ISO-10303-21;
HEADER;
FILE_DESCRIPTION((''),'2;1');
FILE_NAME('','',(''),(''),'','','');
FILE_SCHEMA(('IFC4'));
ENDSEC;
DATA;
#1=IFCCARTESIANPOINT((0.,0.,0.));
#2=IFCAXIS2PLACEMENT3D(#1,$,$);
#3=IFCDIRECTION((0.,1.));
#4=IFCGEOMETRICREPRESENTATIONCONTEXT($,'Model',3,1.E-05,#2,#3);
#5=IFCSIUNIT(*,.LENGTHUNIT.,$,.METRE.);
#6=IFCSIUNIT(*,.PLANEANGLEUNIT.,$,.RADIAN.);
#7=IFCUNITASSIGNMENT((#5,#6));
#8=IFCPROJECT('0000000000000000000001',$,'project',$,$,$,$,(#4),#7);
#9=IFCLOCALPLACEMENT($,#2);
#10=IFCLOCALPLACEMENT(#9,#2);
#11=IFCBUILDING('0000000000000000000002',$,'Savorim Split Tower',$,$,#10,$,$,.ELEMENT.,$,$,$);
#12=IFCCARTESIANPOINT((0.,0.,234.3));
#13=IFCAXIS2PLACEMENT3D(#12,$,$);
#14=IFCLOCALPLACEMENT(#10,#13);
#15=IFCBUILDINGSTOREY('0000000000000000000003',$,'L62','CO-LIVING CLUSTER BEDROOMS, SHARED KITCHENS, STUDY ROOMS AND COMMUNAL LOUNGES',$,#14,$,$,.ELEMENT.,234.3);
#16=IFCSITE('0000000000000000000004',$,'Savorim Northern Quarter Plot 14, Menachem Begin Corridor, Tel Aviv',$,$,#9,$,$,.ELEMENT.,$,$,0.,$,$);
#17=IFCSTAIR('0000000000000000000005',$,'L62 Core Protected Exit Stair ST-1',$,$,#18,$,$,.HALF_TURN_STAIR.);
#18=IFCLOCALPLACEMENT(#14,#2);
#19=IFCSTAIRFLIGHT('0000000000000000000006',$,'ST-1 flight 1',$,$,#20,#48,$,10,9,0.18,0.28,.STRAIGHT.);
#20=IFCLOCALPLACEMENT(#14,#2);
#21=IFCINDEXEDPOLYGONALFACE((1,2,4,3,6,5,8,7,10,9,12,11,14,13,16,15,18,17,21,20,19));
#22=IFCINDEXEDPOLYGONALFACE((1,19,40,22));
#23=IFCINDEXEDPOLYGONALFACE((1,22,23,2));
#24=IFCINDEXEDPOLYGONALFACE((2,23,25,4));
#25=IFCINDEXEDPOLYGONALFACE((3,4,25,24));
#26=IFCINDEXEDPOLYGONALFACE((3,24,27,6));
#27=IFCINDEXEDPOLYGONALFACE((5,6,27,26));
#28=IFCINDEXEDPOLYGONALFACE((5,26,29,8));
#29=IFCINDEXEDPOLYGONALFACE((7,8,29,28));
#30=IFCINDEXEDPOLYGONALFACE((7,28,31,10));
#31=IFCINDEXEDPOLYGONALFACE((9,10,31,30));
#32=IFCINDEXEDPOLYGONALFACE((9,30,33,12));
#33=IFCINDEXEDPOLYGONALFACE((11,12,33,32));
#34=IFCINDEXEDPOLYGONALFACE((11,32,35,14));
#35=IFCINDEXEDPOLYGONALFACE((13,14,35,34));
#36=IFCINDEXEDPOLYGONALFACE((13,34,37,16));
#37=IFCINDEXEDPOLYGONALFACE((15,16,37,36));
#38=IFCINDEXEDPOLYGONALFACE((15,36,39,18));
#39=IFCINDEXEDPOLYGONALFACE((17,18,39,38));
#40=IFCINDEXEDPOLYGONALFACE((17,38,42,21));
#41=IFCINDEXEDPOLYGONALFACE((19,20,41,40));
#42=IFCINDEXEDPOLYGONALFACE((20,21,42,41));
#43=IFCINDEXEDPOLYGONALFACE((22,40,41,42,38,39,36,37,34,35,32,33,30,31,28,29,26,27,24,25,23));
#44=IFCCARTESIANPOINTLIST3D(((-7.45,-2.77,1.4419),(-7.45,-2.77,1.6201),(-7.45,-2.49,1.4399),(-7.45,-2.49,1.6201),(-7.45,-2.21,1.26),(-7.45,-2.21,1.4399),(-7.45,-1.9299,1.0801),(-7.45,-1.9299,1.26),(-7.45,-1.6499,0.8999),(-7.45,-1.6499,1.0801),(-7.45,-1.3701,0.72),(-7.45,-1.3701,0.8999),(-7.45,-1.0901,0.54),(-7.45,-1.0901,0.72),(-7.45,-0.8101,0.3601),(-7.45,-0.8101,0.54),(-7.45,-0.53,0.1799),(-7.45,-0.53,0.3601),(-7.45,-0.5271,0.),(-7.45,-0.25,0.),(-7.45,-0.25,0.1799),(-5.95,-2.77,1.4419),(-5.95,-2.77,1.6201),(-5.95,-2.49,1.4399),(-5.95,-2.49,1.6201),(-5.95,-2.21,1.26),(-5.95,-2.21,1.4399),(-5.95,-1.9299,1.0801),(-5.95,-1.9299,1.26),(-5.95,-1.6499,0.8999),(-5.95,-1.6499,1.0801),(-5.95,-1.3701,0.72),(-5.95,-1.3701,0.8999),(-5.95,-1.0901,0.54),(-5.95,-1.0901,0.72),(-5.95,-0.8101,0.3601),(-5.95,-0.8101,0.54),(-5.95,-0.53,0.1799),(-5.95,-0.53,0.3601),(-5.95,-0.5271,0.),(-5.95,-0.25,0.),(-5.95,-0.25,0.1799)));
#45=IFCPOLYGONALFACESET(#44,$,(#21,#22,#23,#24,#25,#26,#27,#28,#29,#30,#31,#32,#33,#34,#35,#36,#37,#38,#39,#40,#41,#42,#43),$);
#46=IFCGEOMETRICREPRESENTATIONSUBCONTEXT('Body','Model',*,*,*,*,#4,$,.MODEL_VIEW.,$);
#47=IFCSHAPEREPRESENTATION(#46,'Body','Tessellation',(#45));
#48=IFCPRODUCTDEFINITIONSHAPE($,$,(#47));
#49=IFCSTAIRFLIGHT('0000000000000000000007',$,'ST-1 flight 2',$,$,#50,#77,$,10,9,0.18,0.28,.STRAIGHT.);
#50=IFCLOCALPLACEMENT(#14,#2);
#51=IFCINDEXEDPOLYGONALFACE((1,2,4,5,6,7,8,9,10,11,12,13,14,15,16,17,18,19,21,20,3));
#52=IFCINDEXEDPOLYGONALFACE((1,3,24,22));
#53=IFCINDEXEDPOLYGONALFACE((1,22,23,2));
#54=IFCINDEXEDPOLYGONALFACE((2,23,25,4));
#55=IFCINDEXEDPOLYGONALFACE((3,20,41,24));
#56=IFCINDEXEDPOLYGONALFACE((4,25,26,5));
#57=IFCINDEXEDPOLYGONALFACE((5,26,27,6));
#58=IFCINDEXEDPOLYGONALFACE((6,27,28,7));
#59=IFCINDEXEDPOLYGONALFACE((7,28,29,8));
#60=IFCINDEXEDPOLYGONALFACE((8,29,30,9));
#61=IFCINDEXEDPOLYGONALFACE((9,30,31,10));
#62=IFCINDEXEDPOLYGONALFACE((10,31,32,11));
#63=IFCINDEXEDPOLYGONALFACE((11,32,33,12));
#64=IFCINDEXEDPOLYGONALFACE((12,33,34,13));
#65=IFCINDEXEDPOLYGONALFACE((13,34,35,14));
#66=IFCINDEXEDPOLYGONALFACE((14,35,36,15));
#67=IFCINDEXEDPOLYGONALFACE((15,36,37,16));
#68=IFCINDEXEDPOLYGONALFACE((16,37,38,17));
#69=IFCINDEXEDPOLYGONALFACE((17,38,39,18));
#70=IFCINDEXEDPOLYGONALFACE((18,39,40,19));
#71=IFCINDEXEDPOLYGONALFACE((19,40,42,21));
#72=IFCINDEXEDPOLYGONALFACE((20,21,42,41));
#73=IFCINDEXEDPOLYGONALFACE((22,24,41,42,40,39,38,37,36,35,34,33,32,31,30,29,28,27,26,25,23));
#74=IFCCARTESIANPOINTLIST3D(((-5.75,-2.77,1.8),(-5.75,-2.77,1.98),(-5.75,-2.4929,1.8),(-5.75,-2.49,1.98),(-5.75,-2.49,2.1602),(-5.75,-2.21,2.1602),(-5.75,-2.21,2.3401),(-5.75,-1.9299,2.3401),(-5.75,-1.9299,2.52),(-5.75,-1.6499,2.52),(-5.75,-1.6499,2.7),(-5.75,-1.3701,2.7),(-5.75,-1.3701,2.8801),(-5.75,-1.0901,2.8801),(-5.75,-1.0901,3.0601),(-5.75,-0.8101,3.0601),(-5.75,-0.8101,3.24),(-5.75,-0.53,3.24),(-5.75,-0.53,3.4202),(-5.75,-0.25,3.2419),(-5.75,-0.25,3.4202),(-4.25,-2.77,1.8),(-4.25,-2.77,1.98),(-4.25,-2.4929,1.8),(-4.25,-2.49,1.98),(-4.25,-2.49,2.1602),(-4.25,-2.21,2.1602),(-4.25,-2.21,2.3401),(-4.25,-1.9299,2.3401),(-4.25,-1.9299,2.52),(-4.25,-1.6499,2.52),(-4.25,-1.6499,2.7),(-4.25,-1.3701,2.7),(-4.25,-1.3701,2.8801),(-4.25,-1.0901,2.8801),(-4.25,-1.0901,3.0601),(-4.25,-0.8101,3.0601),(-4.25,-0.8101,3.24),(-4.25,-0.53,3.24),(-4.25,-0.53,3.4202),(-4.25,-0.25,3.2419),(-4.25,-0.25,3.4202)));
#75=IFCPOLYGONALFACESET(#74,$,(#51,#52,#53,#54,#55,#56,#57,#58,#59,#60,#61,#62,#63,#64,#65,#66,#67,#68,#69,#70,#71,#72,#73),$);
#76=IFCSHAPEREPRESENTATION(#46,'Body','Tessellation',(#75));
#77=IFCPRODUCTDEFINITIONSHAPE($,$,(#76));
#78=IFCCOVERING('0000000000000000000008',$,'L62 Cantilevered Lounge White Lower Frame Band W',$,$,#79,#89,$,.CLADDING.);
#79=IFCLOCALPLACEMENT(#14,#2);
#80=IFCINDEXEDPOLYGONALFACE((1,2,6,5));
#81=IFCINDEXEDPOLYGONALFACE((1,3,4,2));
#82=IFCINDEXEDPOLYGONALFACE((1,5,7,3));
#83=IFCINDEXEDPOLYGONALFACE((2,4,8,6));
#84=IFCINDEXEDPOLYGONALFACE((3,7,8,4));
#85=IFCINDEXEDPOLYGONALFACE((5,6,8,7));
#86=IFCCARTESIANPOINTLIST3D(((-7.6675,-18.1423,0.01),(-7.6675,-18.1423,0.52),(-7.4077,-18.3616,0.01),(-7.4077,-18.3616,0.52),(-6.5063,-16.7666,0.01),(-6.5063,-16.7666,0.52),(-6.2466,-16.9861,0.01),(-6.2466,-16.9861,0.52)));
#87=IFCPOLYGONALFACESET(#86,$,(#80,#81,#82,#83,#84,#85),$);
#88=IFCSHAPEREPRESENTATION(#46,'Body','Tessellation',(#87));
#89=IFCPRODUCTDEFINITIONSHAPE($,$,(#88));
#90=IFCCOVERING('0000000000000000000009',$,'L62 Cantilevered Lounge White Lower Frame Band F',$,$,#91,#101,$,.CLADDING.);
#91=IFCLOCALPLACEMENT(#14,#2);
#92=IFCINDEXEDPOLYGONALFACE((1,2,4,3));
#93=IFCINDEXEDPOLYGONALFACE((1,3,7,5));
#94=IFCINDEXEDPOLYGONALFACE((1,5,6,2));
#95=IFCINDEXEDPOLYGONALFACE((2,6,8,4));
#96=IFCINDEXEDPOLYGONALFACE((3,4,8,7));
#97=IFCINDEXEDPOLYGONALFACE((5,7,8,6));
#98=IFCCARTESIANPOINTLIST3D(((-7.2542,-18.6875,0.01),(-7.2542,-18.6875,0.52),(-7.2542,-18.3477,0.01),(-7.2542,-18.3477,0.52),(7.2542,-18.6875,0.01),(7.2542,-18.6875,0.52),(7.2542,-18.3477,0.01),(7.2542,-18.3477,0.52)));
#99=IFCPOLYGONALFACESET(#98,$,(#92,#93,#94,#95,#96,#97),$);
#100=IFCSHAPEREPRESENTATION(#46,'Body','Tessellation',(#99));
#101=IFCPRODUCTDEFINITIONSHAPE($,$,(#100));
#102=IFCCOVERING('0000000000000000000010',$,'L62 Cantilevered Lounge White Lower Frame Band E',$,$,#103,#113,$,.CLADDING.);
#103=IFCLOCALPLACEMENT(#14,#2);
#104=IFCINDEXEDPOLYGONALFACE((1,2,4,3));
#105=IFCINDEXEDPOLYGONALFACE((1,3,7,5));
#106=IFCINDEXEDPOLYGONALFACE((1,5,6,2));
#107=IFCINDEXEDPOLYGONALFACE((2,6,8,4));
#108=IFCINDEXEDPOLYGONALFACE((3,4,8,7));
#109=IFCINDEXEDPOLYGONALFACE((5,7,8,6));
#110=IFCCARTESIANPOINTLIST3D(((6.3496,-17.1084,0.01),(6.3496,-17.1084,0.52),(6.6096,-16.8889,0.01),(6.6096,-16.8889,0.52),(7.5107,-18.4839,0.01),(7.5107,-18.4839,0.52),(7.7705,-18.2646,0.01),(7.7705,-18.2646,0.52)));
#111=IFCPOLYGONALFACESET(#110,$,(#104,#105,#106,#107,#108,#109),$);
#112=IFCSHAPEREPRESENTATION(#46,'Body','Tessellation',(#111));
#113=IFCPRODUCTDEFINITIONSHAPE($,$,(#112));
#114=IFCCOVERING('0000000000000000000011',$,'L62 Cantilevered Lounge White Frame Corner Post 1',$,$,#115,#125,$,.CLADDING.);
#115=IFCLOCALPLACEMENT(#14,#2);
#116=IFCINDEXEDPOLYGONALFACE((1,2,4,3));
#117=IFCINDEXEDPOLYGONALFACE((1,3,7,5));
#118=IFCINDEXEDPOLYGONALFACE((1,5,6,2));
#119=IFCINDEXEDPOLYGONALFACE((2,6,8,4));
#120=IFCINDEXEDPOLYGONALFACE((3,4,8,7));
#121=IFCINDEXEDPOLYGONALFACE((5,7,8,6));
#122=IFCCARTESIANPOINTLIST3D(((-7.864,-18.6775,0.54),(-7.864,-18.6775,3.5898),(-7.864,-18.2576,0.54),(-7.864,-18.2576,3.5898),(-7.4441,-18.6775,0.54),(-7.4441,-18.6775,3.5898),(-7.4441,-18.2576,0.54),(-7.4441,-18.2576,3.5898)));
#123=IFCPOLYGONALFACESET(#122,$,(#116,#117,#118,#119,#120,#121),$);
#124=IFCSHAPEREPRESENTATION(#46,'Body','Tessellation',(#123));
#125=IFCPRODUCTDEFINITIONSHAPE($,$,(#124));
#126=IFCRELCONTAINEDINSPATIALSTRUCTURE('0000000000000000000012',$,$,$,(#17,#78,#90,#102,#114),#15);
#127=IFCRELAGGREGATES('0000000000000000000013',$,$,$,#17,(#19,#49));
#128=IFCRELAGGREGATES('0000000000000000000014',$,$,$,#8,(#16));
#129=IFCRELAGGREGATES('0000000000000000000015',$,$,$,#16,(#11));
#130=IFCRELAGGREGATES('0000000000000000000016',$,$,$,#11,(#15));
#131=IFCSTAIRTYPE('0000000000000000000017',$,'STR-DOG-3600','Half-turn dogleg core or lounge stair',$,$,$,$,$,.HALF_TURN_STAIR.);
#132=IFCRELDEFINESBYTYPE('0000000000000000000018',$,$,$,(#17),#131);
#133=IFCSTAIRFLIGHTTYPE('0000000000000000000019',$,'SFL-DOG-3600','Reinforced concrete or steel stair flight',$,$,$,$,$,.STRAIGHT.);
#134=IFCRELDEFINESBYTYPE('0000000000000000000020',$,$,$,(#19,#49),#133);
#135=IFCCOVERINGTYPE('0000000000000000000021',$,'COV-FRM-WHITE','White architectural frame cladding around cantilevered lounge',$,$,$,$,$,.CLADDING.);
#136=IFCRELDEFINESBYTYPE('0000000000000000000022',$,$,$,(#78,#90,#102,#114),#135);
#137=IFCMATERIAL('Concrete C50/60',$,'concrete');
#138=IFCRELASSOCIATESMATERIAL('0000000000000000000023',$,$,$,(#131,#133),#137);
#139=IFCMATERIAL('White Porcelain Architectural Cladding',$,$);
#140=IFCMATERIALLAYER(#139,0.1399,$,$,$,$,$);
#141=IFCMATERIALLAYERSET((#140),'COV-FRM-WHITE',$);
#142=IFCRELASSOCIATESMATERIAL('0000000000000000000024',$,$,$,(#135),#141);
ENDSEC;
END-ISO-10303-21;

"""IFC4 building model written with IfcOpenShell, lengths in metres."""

from ifc_helpers import new_model, si_unit, direction, frame, origin, place, context, subcontext, project, spatial, polyline, outline, extrude, material, layer, layer_set, type_object, element, aggregate, save


model = new_model("IFC4")

# Units and contexts
model_context = context("Model", 3, precision=1e-05, world=origin(), true_north=direction((0.0, 1.0)))
body_context = subcontext(model_context, "Body", "Model", "MODEL_VIEW")
ifc_project = project(units=[si_unit("LENGTHUNIT", "METRE"), si_unit("PLANEANGLEUNIT", "RADIAN")], contexts=[model_context])

# Site, building, storey
site_placement = place(None, origin())
site = spatial("IfcSite", under=ifc_project, at=site_placement, Name="Savorim Northern Quarter Plot 14, Menachem Begin Corridor, Tel Aviv", CompositionType="ELEMENT", RefElevation=0.0)
building_placement = place(site_placement, origin())
building = spatial("IfcBuilding", under=site, at=building_placement, Name="Savorim Split Tower", CompositionType="ELEMENT")
storey_placement = place(building_placement, frame((0.0, 0.0, 234.3)))
storey = spatial("IfcBuildingStorey", under=building, at=storey_placement, Name="L62", Description="CO-LIVING CLUSTER BEDROOMS, SHARED KITCHENS, STUDY ROOMS AND COMMUNAL LOUNGES", CompositionType="ELEMENT", Elevation=234.3)

# Shared definitions
ifc_material_1 = material(Name="Concrete C50/60", Category="concrete")

# Stair, stair flights
stair_type = type_object("IfcStairType", Name="STR-DOG-3600", Description="Half-turn dogleg core or lounge stair", PredefinedType="HALF_TURN_STAIR", material=ifc_material_1)
stair_placement = place(storey_placement, origin())
stair = element("IfcStair", 1, at=stair_placement, inside=storey, type_object=stair_type, Name="L62 Core Protected Exit Stair ST-1", PredefinedType="HALF_TURN_STAIR")
stair_flight_type = type_object("IfcStairFlightType", Name="SFL-DOG-3600", Description="Reinforced concrete or steel stair flight", PredefinedType="STRAIGHT", material=ifc_material_1)
stair_flight_1_placement = place(storey_placement, frame((-6.7, -0.25, 0.0), z_axis=(0.0, 0.0, 1.0), x_axis=(0.0, -1.0, 0.0)))
stair_flight_1 = element("IfcStairFlight", 2, at=stair_flight_1_placement, type_object=stair_flight_type, Name="ST-1 flight 1", NumberOfRisers=10, NumberOfTreads=9, PredefinedType="STRAIGHT", RiserHeight=0.18, TreadLength=0.28, context=body_context, shape_type="SweptSolid", body=[
    extrude(outline(polyline([(0.0, 0.0), (0.0, 0.1799), (0.28, 0.1799), (0.28, 0.3601), (0.5601, 0.3601), (0.5601, 0.54), (0.8401, 0.54), (0.8401, 0.72), (1.1201, 0.72), (1.1201, 0.8999), (1.3999, 0.8999), (1.3999, 1.0801), (1.6799, 1.0801), (1.6799, 1.26), (1.96, 1.26), (1.96, 1.4399), (2.24, 1.4399), (2.24, 1.6201), (2.52, 1.6201), (2.52, 1.8), (2.52, 1.4419), (0.2771, 0.0), (0.0, 0.0)])), frame((0.0, 0.75, 0.0), z_axis=(0.0, -1.0, 0.0), x_axis=(1.0, 0.0, 0.0)), (0.0, 0.0, 1.0), 1.5),
])
stair_flight_2_placement = place(storey_placement, frame((-5.0, -2.77, 1.8), z_axis=(0.0, 0.0, 1.0), x_axis=(0.0, 1.0, 0.0)))
stair_flight_2 = element("IfcStairFlight", 3, at=stair_flight_2_placement, type_object=stair_flight_type, Name="ST-1 flight 2", NumberOfRisers=10, NumberOfTreads=9, PredefinedType="STRAIGHT", RiserHeight=0.18, TreadLength=0.28, context=body_context, shape_type="SweptSolid", body=[
    extrude(outline(polyline([(0.0, 0.0), (0.0, 0.1799), (0.28, 0.1799), (0.28, 0.3601), (0.5601, 0.3601), (0.5601, 0.54), (0.8401, 0.54), (0.8401, 0.72), (1.1201, 0.72), (1.1201, 0.8999), (1.3999, 0.8999), (1.3999, 1.0801), (1.6799, 1.0801), (1.6799, 1.26), (1.96, 1.26), (1.96, 1.4399), (2.24, 1.4399), (2.24, 1.6201), (2.52, 1.6201), (2.52, 1.8), (2.52, 1.4419), (0.2771, 0.0), (0.0, 0.0)])), frame((0.0, 0.75, 0.0), z_axis=(0.0, -1.0, 0.0), x_axis=(1.0, 0.0, 0.0)), (0.0, 0.0, 1.0), 1.5),
])
aggregate(stair, [stair_flight_1, stair_flight_2])

# Coverings
ifc_material_2 = material(Name="White Porcelain Architectural Cladding")
ifc_layer_1 = layer(ifc_material_2, 0.1399)
ifc_layer_set_1 = layer_set([ifc_layer_1], Name="COV-FRM-WHITE")
covering_type = type_object("IfcCoveringType", Name="COV-FRM-WHITE", Description="White architectural frame cladding around cantilevered lounge", PredefinedType="CLADDING", material=ifc_layer_set_1)
covering_1_placement = place(storey_placement, frame((0.0, 0.0, 0.01)))
element("IfcCovering", 4, at=covering_1_placement, inside=storey, type_object=covering_type, Name="L62 Cantilevered Lounge White Lower Frame Band W", PredefinedType="CLADDING", context=body_context, shape_type="SweptSolid", body=[
    extrude(outline(polyline([(-6.5063, -16.7666), (-7.6675, -18.1423), (-7.4077, -18.3616), (-6.2466, -16.9861), (-6.5063, -16.7666)])), origin(), (0.0, 0.0, 1.0), 0.51),
])
covering_2_placement = place(storey_placement, frame((0.0, 0.0, 0.01)))
element("IfcCovering", 5, at=covering_2_placement, inside=storey, type_object=covering_type, Name="L62 Cantilevered Lounge White Lower Frame Band F", PredefinedType="CLADDING", context=body_context, shape_type="SweptSolid", body=[
    extrude(outline(polyline([(-7.2542, -18.6875), (7.2542, -18.6875), (7.2542, -18.3477), (-7.2542, -18.3477), (-7.2542, -18.6875)])), origin(), (0.0, 0.0, 1.0), 0.51),
])
covering_3_placement = place(storey_placement, frame((0.0, 0.0, 0.01)))
element("IfcCovering", 6, at=covering_3_placement, inside=storey, type_object=covering_type, Name="L62 Cantilevered Lounge White Lower Frame Band E", PredefinedType="CLADDING", context=body_context, shape_type="SweptSolid", body=[
    extrude(outline(polyline([(7.7705, -18.2646), (6.6096, -16.8889), (6.3496, -17.1084), (7.5107, -18.4839), (7.7705, -18.2646)])), origin(), (0.0, 0.0, 1.0), 0.51),
])
covering_4_placement = place(storey_placement, frame((0.0, 0.0, 0.54)))
element("IfcCovering", 7, at=covering_4_placement, inside=storey, type_object=covering_type, Name="L62 Cantilevered Lounge White Frame Corner Post 1", PredefinedType="CLADDING", context=body_context, shape_type="SweptSolid", body=[
    extrude(outline(polyline([(-7.864, -18.6775), (-7.4441, -18.6775), (-7.4441, -18.2576), (-7.864, -18.2576), (-7.864, -18.6775)])), origin(), (0.0, 0.0, 1.0), 3.0498),
])

save(model, "model.ifc")
